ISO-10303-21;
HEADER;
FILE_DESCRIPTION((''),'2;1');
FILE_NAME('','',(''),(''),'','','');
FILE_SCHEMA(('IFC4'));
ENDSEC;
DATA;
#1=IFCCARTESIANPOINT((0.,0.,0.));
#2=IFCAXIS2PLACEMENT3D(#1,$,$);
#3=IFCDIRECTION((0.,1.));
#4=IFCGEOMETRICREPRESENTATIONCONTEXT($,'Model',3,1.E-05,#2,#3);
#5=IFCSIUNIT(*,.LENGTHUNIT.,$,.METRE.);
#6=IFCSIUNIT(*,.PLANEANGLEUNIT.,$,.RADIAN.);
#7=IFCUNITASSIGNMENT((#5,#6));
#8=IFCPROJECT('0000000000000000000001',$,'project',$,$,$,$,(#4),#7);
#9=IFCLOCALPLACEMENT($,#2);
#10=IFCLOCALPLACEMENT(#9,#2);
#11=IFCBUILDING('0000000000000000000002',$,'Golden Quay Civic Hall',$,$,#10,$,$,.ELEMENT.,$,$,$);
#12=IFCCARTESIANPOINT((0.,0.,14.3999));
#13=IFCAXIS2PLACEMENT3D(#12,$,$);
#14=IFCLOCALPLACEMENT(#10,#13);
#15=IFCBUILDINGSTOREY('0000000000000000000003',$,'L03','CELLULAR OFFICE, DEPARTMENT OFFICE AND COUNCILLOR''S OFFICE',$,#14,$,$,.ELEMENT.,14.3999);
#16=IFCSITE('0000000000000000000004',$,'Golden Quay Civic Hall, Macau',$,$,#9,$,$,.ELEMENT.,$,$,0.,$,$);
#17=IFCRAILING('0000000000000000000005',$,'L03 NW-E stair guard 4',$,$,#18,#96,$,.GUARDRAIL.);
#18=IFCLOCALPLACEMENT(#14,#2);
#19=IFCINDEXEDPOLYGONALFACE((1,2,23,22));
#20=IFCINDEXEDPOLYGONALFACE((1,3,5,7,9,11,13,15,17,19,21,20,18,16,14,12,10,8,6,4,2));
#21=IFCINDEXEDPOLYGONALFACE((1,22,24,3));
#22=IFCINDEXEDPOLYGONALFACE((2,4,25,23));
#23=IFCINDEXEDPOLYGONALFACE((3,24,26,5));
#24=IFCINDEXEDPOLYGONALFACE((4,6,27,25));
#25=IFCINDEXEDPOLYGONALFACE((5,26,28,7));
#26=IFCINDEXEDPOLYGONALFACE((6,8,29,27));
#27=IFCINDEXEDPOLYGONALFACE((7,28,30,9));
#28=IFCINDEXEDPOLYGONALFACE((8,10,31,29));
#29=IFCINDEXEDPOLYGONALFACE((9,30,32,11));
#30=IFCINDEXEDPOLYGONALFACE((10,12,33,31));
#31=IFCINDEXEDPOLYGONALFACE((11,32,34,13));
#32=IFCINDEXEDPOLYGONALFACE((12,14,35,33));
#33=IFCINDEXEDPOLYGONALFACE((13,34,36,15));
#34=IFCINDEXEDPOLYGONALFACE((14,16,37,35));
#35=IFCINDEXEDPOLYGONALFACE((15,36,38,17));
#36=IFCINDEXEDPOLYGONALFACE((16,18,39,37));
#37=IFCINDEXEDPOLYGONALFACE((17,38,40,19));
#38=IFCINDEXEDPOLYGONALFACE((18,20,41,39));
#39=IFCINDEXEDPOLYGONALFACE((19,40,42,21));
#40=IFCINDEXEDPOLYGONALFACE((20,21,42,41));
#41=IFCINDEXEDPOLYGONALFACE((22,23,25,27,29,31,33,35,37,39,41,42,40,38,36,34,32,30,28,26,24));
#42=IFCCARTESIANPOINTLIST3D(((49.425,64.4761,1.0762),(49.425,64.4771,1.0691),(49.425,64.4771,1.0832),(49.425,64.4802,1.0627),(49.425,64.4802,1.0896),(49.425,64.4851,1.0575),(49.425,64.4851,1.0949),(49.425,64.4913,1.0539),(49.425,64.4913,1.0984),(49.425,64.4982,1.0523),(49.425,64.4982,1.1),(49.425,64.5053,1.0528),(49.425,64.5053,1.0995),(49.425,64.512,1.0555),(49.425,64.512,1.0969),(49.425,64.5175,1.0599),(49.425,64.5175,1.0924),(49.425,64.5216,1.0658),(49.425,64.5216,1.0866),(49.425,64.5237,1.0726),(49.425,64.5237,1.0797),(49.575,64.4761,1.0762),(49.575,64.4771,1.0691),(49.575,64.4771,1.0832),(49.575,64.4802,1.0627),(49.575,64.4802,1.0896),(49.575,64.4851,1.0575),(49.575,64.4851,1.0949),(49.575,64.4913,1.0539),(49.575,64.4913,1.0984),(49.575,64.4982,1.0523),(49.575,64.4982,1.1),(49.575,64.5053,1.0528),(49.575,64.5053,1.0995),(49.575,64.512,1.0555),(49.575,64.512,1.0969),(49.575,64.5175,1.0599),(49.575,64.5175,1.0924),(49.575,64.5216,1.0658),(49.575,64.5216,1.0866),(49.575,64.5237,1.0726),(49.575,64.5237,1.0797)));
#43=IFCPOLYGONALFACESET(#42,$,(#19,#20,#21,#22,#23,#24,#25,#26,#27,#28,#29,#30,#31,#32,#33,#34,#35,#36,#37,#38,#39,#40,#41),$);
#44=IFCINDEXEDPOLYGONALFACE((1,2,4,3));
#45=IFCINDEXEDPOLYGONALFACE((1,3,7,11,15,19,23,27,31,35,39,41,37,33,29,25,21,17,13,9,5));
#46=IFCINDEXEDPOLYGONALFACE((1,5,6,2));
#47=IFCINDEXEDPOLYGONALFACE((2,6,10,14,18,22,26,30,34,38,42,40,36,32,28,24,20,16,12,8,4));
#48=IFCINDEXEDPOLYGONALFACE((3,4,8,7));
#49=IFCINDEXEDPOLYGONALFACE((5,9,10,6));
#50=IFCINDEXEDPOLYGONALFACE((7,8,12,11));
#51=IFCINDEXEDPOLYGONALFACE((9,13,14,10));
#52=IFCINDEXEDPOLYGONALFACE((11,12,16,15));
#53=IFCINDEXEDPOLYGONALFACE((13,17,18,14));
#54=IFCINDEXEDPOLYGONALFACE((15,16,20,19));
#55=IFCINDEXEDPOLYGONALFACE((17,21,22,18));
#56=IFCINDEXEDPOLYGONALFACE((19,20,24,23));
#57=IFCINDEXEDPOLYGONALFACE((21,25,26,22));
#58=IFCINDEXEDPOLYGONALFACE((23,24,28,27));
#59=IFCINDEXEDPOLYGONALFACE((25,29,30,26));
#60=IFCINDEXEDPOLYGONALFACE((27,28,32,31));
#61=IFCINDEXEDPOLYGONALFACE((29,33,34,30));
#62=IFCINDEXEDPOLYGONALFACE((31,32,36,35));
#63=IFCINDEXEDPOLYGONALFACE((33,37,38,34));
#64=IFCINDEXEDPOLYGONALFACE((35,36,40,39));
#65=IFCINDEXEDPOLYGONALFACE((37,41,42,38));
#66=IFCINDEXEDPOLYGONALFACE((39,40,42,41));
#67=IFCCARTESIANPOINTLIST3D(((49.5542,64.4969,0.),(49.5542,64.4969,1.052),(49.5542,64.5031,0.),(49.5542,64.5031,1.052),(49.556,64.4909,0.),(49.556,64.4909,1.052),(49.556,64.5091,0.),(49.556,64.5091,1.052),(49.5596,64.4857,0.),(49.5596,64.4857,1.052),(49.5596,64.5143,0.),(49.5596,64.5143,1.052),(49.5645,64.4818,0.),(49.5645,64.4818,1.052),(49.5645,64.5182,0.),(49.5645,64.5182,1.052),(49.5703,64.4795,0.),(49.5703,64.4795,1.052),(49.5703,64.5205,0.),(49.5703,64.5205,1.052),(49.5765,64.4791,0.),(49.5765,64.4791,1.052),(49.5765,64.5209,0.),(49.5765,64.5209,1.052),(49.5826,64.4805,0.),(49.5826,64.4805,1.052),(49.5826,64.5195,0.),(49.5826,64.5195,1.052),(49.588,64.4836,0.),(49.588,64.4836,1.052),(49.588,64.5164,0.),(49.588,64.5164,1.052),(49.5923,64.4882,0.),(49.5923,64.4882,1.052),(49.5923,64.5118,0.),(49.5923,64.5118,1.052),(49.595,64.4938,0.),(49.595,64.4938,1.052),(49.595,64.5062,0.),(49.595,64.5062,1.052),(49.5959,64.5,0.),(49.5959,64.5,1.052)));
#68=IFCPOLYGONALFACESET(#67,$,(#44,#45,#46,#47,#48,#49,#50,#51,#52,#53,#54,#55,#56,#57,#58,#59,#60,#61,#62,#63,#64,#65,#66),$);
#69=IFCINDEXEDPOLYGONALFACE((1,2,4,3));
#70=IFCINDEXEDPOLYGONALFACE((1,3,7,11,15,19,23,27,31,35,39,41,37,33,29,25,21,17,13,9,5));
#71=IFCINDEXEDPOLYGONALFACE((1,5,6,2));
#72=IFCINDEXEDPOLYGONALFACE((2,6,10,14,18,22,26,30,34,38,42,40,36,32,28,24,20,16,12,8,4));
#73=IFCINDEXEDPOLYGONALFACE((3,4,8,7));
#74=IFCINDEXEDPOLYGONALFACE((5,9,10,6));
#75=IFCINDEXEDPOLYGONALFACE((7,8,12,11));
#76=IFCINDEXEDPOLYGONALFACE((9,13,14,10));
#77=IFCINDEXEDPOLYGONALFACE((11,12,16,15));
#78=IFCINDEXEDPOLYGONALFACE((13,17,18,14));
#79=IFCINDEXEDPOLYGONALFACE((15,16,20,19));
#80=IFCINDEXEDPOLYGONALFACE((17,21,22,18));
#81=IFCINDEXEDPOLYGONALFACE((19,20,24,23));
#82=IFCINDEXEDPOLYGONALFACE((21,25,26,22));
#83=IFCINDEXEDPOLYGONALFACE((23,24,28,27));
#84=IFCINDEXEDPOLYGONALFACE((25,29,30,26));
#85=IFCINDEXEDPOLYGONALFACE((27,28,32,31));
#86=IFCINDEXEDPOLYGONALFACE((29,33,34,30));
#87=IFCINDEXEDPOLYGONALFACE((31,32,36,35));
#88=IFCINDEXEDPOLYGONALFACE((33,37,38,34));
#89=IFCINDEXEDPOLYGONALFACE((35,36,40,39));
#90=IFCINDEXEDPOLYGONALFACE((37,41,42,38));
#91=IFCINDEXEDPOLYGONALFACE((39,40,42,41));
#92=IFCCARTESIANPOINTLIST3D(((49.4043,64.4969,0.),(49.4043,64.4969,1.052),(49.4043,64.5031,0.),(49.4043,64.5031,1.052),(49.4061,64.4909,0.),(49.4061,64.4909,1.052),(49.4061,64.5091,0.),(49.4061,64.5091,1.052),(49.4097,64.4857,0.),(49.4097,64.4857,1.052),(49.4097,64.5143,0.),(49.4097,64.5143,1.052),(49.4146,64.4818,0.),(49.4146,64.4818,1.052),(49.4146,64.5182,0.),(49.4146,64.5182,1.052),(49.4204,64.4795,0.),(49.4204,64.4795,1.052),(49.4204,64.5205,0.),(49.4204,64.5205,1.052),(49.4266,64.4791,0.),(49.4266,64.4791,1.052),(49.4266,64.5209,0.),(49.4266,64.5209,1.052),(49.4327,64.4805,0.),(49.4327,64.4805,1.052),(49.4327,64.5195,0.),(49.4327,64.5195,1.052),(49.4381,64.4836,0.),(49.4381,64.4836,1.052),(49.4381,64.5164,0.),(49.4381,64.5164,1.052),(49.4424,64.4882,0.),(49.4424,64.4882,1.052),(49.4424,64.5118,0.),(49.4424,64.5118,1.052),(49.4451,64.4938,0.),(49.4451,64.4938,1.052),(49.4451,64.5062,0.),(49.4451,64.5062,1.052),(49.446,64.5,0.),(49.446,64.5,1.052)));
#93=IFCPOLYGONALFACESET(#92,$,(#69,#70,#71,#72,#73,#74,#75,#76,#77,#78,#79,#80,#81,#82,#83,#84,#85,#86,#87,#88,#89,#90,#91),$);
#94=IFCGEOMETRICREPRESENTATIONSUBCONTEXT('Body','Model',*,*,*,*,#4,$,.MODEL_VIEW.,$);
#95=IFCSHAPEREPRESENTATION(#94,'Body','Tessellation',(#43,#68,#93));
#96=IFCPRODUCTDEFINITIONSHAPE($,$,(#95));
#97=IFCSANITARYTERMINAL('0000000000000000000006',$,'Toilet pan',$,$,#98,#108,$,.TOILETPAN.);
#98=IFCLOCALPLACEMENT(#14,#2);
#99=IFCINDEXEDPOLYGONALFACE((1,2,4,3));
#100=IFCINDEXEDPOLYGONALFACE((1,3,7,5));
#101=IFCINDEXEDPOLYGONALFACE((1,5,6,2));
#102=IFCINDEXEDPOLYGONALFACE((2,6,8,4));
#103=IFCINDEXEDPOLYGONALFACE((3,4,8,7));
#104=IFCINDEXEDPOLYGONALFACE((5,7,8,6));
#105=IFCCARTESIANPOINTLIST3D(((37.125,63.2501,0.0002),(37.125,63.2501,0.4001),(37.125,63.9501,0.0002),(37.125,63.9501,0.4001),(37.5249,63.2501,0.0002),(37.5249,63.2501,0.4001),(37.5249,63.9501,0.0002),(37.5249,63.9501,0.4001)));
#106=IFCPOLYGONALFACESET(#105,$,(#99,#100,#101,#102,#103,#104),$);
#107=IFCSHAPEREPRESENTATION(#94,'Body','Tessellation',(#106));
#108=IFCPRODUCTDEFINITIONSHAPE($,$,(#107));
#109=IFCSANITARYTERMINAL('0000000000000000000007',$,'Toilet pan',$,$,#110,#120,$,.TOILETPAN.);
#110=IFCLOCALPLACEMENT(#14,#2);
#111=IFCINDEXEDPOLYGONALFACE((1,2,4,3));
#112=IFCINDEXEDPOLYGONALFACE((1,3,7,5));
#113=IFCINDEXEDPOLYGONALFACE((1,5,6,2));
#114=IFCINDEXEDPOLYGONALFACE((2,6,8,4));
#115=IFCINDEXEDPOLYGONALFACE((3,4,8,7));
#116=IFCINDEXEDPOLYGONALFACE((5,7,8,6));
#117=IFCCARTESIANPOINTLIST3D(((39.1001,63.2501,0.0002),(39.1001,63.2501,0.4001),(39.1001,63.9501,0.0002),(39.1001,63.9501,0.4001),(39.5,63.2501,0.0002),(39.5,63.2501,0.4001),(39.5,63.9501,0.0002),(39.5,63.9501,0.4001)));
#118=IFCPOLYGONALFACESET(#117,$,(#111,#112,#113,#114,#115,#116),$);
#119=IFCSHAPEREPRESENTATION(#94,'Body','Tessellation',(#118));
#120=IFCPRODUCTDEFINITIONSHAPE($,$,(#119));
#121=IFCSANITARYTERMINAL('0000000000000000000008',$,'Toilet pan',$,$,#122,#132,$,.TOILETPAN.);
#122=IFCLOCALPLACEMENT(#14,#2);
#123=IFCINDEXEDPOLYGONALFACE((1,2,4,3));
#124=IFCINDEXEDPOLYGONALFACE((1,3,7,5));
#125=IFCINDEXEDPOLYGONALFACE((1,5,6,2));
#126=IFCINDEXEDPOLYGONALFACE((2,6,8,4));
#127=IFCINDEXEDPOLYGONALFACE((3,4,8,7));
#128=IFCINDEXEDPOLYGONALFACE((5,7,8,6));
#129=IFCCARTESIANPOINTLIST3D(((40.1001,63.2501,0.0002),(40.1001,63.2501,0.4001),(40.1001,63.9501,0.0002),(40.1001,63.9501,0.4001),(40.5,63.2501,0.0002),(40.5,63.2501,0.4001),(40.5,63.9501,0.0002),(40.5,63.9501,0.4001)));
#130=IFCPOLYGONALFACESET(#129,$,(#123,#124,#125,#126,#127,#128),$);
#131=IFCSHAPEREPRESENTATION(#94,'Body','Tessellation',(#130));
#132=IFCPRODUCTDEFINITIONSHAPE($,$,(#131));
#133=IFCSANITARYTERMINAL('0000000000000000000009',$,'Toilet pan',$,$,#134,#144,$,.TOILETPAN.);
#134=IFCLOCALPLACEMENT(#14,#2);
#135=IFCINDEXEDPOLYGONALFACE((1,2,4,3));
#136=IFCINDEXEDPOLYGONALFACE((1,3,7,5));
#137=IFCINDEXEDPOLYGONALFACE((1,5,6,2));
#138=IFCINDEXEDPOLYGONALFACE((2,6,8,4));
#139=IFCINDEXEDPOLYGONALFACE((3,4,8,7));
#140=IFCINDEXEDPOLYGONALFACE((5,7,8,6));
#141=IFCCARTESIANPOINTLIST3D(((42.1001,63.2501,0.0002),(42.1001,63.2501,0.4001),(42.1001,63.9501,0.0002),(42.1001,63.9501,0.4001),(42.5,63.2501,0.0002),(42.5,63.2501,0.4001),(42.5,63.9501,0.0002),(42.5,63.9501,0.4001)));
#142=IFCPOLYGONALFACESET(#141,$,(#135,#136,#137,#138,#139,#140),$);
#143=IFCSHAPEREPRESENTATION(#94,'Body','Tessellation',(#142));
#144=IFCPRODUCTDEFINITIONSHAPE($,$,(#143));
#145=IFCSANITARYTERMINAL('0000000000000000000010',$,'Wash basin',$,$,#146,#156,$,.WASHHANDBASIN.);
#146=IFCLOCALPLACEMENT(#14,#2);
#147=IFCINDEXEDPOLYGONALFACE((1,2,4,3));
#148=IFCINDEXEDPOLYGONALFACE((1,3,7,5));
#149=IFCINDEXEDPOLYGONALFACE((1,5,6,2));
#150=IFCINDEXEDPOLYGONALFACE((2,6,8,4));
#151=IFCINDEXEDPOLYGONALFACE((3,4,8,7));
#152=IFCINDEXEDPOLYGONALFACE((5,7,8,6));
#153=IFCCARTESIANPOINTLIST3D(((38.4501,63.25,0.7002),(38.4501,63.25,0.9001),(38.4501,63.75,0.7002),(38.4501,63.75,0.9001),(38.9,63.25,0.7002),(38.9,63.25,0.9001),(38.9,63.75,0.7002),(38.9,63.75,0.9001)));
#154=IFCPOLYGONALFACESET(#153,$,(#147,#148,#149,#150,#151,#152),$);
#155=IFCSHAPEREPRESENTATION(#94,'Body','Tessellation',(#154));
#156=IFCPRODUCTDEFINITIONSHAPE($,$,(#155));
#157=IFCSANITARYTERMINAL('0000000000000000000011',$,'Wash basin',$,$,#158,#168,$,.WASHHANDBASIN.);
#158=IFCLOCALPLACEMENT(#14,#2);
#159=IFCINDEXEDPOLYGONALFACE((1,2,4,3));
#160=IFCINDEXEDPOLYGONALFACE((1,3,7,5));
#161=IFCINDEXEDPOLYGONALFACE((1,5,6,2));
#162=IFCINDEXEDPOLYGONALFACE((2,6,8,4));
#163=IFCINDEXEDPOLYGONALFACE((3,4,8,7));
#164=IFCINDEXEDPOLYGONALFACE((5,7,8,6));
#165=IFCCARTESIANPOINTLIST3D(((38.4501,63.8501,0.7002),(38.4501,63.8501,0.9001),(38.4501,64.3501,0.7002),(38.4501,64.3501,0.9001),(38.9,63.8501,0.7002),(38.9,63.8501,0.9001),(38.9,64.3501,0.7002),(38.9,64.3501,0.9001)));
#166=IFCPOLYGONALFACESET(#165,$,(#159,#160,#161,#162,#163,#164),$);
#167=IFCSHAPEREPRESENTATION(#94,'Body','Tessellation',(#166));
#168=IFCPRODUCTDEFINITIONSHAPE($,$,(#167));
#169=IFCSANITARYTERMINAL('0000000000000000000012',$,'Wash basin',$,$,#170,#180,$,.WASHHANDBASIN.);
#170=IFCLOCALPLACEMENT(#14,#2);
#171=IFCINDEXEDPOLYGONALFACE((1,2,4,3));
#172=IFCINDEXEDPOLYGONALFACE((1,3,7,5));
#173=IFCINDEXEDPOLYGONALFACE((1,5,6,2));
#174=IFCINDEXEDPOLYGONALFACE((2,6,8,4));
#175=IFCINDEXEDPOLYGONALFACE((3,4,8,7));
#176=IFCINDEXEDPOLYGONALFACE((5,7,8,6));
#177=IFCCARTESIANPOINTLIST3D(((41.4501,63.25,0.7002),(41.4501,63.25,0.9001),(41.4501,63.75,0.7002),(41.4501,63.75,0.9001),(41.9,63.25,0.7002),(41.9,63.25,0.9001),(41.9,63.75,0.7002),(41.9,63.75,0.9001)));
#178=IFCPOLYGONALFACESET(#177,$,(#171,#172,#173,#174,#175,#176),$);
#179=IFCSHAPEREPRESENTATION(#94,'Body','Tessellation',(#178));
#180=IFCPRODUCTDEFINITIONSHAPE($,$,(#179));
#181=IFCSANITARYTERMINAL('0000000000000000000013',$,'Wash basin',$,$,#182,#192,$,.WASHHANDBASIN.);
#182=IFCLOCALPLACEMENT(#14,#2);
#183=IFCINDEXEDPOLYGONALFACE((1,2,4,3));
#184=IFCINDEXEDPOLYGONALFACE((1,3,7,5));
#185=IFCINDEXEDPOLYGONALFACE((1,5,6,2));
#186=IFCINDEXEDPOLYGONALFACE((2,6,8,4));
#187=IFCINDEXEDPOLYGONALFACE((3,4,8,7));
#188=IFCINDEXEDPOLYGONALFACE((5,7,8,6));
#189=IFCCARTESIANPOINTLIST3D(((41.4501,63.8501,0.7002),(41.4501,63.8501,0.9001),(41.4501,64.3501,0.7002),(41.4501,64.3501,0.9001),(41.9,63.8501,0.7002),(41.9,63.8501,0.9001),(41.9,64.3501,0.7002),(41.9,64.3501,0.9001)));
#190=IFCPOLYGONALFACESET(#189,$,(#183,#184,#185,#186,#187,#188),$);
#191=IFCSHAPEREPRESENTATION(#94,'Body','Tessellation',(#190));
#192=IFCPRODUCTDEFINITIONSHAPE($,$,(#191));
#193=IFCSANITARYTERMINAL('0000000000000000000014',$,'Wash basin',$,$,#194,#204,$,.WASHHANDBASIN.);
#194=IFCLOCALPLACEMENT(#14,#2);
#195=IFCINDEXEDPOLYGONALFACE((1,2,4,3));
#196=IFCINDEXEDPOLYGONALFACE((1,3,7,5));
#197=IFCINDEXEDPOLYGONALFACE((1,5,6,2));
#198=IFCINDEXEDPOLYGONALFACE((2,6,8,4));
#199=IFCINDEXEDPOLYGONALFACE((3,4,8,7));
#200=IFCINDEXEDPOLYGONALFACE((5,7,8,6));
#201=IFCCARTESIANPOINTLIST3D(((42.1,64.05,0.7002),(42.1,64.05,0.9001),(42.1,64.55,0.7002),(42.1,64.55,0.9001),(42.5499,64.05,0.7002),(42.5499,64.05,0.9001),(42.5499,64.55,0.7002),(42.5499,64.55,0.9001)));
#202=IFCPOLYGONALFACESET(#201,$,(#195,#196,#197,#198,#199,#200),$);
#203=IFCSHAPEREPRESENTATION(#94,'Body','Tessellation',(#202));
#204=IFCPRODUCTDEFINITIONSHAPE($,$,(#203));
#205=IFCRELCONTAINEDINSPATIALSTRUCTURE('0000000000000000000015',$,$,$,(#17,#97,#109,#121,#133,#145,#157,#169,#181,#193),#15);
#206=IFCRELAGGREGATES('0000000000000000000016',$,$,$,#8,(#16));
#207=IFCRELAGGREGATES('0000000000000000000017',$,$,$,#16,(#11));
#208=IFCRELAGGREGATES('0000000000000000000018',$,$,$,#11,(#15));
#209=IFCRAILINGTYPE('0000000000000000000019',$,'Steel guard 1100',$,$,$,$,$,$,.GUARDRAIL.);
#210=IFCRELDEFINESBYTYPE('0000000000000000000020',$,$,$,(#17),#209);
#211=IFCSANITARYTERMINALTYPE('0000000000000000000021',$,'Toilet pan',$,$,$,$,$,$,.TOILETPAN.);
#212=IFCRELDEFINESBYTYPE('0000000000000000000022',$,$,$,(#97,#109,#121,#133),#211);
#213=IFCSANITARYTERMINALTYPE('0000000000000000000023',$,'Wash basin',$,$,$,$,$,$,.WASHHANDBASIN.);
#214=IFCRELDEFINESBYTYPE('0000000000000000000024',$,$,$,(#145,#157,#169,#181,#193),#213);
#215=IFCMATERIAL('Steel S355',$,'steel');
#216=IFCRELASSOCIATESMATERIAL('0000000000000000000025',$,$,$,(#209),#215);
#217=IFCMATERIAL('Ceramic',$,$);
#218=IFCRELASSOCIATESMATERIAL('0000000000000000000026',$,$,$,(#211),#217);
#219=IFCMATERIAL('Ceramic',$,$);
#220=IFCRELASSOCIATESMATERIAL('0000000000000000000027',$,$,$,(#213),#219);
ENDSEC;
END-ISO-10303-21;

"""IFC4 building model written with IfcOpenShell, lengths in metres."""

from ifc_helpers import new_model, si_unit, direction, frame, origin, origin_2d, place, context, subcontext, project, spatial, rectangle, circle, extrude, material, type_object, element, save


model = new_model("IFC4")

# Units and contexts
model_context = context("Model", 3, precision=1e-05, world=origin(), true_north=direction((0.0, 1.0)))
body_context = subcontext(model_context, "Body", "Model", "MODEL_VIEW")
ifc_project = project(units=[si_unit("LENGTHUNIT", "METRE"), si_unit("PLANEANGLEUNIT", "RADIAN")], contexts=[model_context])

# Site, building, storey
site_placement = place(None, origin())
site = spatial("IfcSite", under=ifc_project, at=site_placement, Name="Golden Quay Civic Hall, Macau", CompositionType="ELEMENT", RefElevation=0.0)
building_placement = place(site_placement, origin())
building = spatial("IfcBuilding", under=site, at=building_placement, Name="Golden Quay Civic Hall", CompositionType="ELEMENT")
storey_placement = place(building_placement, frame((0.0, 0.0, 14.3999)))
storey = spatial("IfcBuildingStorey", under=building, at=storey_placement, Name="L03", Description="CELLULAR OFFICE, DEPARTMENT OFFICE AND COUNCILLOR'S OFFICE", CompositionType="ELEMENT", Elevation=14.3999)

# Railing
ifc_material_1 = material(Name="Steel S355", Category="steel")
railing_type = type_object("IfcRailingType", Name="Steel guard 1100", PredefinedType="GUARDRAIL", material=ifc_material_1)
railing_1_placement = place(storey_placement, frame((49.575, 64.5, 0.0)))
element("IfcRailing", 1, at=railing_1_placement, inside=storey, type_object=railing_type, Name="L03 NW-E stair guard 4", PredefinedType="GUARDRAIL", context=body_context, shape_type="SweptSolid", body=[
    extrude(circle(Radius=0.0239, at=origin_2d()), frame((0.0, 0.0, 1.0762), z_axis=(-1.0, 0.0, 0.0), x_axis=(0.0, -1.0, 0.0)), (0.0, 0.0, 1.0), 0.1499),
    extrude(circle(Radius=0.021, at=origin_2d()), origin(), (0.0, 0.0, 1.0), 1.052),
    extrude(circle(Radius=0.021, at=origin_2d()), frame((-0.1499, 0.0, 0.0)), (0.0, 0.0, 1.0), 1.052),
])

# Sanitary terminals
ifc_material_2 = material(Name="Ceramic")
sanitary_terminal_type_1 = type_object("IfcSanitaryTerminalType", Name="Toilet pan", PredefinedType="TOILETPAN", material=ifc_material_2)
for number, where, z_axis, x_axis, name in (
    (2, (37.325, 63.6001, 0.0002), (0.0, 0.0, 1.0), (1.0, 0.0, 0.0), "Toilet pan"),
    (3, (39.3, 63.6001, 0.0002), (0.0, 0.0, 1.0), (1.0, 0.0, 0.0), "Toilet pan"),
    (4, (40.3, 63.6001, 0.0002), (0.0, 0.0, 1.0), (1.0, 0.0, 0.0), "Toilet pan"),
    (5, (42.3, 63.6001, 0.0002), (0.0, 0.0, 1.0), (1.0, 0.0, 0.0), "Toilet pan"),
):
    element("IfcSanitaryTerminal", number, at=place(storey_placement, frame(where, z_axis=z_axis, x_axis=x_axis)), inside=storey, type_object=sanitary_terminal_type_1, Name=name, PredefinedType="TOILETPAN", context=body_context, shape_type="SweptSolid", body=[
        extrude(rectangle(XDim=0.3999, YDim=0.7, at=origin_2d()), origin(), (0.0, 0.0, 1.0), 0.3999),
    ])
ifc_material_3 = material(Name="Ceramic")
sanitary_terminal_type_2 = type_object("IfcSanitaryTerminalType", Name="Wash basin", PredefinedType="WASHHANDBASIN", material=ifc_material_3)
for number, where, z_axis, x_axis, name in (
    (6, (38.675, 63.5, 0.7002), (0.0, 0.0, 1.0), (0.0, 1.0, 0.0), "Wash basin"),
    (7, (38.675, 64.1001, 0.7002), (0.0, 0.0, 1.0), (0.0, 1.0, 0.0), "Wash basin"),
    (8, (41.675, 63.5, 0.7002), (0.0, 0.0, 1.0), (0.0, 1.0, 0.0), "Wash basin"),
    (9, (41.675, 64.1001, 0.7002), (0.0, 0.0, 1.0), (0.0, 1.0, 0.0), "Wash basin"),
    (10, (42.325, 64.3, 0.7002), (0.0, 0.0, 1.0), (0.0, 1.0, 0.0), "Wash basin"),
):
    element("IfcSanitaryTerminal", number, at=place(storey_placement, frame(where, z_axis=z_axis, x_axis=x_axis)), inside=storey, type_object=sanitary_terminal_type_2, Name=name, PredefinedType="WASHHANDBASIN", context=body_context, shape_type="SweptSolid", body=[
        extrude(rectangle(XDim=0.5, YDim=0.45, at=origin_2d()), origin(), (0.0, 0.0, 1.0), 0.2),
    ])

save(model, "model.ifc")
